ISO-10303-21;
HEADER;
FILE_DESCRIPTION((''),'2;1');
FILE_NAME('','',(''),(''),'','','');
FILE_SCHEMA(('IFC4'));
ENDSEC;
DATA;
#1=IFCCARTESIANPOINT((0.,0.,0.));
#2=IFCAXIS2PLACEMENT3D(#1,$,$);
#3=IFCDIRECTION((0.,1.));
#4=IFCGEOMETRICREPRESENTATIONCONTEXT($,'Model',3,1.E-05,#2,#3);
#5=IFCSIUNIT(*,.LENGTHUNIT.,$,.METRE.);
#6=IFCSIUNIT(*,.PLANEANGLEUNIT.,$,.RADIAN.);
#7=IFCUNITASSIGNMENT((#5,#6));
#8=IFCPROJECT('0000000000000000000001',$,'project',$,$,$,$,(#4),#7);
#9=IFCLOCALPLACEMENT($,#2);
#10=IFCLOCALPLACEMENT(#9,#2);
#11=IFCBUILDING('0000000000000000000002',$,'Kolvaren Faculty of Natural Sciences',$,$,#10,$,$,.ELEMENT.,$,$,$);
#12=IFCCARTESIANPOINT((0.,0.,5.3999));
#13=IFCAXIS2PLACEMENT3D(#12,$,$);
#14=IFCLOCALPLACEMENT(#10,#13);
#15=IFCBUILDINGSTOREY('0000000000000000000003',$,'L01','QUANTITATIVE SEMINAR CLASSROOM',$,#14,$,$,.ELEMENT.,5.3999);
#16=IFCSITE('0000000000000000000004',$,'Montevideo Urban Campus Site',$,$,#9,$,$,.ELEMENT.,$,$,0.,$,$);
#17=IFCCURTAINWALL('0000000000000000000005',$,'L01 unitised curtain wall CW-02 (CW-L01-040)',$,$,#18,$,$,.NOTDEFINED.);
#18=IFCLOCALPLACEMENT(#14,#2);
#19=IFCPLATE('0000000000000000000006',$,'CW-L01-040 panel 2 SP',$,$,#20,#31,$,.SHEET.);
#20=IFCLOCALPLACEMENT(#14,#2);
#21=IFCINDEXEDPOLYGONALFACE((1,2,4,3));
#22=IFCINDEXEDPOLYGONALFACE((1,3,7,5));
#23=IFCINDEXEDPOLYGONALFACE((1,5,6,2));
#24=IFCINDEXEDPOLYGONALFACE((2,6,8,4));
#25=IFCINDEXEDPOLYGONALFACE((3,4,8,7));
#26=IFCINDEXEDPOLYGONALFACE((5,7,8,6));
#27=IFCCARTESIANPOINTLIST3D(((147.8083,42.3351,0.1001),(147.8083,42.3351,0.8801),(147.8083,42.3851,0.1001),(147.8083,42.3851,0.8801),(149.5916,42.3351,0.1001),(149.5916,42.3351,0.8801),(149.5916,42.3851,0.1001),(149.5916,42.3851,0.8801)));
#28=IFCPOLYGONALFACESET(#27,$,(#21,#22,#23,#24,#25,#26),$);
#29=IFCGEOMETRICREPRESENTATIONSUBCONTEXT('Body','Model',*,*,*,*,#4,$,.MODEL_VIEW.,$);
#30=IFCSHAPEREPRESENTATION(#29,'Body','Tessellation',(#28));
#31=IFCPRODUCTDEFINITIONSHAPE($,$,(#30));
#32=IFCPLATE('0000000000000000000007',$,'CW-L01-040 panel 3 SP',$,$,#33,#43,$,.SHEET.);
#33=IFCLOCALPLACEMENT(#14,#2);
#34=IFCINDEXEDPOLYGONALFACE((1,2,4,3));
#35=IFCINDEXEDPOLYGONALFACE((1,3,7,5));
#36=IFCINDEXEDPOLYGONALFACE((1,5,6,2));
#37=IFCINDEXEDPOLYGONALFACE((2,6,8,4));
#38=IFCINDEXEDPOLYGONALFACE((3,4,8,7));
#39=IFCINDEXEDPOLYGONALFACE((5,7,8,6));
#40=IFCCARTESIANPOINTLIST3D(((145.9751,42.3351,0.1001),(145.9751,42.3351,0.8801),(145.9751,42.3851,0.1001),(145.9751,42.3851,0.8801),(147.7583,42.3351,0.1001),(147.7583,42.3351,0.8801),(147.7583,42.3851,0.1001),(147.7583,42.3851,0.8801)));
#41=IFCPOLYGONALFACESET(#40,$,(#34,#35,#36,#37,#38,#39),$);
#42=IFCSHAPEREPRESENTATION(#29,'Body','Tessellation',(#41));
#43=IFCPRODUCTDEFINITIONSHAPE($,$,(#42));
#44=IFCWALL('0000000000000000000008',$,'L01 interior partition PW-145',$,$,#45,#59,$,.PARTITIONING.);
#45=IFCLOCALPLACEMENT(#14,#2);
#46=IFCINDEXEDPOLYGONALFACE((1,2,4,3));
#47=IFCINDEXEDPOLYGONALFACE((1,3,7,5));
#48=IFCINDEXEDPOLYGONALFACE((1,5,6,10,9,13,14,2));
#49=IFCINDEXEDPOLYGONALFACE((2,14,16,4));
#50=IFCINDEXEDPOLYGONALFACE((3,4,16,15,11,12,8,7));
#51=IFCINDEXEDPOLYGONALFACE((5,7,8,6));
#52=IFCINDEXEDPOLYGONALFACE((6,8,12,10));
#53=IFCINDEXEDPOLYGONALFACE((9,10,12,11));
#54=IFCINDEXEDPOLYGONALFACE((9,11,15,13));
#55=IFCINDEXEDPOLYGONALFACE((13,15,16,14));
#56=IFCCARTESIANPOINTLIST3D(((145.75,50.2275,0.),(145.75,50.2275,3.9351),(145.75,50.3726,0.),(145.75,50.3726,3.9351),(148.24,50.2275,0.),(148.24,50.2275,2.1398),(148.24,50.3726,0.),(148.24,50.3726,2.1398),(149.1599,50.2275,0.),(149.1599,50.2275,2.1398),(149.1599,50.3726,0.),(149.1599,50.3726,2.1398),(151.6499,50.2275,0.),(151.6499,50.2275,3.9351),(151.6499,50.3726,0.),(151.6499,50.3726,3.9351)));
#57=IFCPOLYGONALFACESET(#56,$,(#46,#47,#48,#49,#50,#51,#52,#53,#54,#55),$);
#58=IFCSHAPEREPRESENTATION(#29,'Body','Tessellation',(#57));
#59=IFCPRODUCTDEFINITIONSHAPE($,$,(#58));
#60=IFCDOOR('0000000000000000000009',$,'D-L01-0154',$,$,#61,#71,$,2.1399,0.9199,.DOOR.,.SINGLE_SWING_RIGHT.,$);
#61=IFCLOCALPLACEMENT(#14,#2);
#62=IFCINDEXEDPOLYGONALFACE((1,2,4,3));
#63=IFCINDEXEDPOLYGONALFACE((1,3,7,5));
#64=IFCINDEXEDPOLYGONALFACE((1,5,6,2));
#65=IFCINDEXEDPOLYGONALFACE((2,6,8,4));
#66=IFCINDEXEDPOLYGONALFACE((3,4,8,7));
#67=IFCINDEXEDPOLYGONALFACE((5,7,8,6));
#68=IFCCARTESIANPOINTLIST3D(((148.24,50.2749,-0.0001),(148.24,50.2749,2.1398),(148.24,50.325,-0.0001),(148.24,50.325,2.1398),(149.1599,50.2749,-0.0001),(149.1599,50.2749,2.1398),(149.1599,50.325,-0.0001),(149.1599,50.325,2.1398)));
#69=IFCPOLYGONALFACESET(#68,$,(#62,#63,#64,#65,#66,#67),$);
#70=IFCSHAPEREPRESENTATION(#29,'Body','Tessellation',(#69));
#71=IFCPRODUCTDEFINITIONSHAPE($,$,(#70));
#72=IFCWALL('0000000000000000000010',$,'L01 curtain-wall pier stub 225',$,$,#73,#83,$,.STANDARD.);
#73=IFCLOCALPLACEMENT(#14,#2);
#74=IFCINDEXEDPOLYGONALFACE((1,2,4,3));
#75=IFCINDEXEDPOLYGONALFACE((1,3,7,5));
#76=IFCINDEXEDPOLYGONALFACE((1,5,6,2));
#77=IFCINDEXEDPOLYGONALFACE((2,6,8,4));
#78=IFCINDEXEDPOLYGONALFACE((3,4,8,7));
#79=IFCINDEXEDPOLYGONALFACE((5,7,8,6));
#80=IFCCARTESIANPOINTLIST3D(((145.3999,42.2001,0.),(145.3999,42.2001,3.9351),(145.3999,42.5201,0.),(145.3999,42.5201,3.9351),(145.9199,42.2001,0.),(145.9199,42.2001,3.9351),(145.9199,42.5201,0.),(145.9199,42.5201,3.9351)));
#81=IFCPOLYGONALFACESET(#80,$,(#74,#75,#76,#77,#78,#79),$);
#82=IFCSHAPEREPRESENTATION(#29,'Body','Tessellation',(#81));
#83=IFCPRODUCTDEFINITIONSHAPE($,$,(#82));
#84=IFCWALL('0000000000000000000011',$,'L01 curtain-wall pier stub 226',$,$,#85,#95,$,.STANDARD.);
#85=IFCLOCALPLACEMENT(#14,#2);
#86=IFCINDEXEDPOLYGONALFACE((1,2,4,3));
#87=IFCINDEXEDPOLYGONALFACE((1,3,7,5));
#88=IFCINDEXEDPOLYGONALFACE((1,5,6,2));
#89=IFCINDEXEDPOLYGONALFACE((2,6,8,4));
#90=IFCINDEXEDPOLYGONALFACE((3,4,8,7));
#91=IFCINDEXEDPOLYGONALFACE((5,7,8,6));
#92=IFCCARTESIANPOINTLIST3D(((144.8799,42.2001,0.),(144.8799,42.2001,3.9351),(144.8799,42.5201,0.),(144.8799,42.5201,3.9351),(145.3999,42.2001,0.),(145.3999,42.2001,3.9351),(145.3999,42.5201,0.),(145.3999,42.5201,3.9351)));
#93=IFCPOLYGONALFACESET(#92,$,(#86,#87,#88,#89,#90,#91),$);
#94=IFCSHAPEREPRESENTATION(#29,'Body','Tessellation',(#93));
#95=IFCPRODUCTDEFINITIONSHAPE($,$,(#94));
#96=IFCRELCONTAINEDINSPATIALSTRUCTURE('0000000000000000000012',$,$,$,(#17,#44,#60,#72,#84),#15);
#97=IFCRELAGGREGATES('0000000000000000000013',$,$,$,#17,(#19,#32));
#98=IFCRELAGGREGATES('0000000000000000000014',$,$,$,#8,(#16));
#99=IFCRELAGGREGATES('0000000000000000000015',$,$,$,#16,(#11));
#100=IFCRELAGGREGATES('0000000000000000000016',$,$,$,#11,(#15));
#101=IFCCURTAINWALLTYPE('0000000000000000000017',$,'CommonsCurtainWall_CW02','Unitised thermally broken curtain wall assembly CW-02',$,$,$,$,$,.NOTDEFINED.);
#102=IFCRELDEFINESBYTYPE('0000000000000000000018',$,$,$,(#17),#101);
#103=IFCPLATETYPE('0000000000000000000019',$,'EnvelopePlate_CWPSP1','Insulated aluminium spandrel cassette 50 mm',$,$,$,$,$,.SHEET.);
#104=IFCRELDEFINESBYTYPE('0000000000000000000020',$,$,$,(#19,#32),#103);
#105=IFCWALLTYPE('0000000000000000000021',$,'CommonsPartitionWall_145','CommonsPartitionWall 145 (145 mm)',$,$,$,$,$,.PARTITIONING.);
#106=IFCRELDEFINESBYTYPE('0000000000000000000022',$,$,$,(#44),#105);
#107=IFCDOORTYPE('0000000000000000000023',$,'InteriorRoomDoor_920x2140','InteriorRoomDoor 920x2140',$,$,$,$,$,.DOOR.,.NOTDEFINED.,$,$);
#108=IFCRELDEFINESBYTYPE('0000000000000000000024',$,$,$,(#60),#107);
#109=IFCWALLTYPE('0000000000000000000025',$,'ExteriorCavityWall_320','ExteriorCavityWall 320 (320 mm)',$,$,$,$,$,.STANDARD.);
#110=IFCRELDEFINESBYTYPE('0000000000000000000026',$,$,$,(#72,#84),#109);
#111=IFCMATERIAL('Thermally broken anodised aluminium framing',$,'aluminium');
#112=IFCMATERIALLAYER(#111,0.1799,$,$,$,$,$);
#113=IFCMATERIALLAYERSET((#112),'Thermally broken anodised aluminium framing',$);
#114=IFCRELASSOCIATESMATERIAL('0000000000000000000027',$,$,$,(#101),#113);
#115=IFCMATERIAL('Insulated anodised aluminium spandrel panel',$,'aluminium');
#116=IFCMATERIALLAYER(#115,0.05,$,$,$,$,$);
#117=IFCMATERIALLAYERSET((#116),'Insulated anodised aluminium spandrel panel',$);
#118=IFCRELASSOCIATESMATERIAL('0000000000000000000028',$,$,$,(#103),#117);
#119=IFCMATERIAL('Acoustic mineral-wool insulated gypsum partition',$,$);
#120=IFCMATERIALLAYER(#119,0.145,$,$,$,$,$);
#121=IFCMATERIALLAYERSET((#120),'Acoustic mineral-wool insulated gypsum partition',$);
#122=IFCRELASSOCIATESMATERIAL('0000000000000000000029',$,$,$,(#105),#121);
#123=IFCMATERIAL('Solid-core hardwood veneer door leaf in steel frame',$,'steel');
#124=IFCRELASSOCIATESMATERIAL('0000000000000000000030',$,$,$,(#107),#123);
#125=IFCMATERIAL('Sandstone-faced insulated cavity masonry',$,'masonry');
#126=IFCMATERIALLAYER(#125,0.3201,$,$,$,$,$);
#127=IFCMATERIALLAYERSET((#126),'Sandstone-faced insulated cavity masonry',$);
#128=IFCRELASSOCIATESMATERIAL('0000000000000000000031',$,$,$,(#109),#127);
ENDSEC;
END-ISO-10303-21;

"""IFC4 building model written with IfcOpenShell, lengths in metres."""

from ifc_helpers import new_model, si_unit, direction, frame, frame_2d, origin, origin_2d, place, context, subcontext, project, spatial, rectangle, extrude, material, layer, layer_set, type_object, element, fill, aggregate, save


model = new_model("IFC4")

# Units and contexts
model_context = context("Model", 3, precision=1e-05, world=origin(), true_north=direction((0.0, 1.0)))
body_context = subcontext(model_context, "Body", "Model", "MODEL_VIEW")
ifc_project = project(units=[si_unit("LENGTHUNIT", "METRE"), si_unit("PLANEANGLEUNIT", "RADIAN")], contexts=[model_context])

# Site, building, storey
site_placement = place(None, origin())
site = spatial("IfcSite", under=ifc_project, at=site_placement, Name="Montevideo Urban Campus Site", CompositionType="ELEMENT", RefElevation=0.0)
building_placement = place(site_placement, origin())
building = spatial("IfcBuilding", under=site, at=building_placement, Name="Kolvaren Faculty of Natural Sciences", CompositionType="ELEMENT")
storey_placement = place(building_placement, frame((0.0, 0.0, 5.3999)))
storey = spatial("IfcBuildingStorey", under=building, at=storey_placement, Name="L01", Description="QUANTITATIVE SEMINAR CLASSROOM", CompositionType="ELEMENT", Elevation=5.3999)

# Curtain wall
ifc_material_1 = material(Name="Thermally broken anodised aluminium framing", Category="aluminium")
ifc_layer_1 = layer(ifc_material_1, 0.1799)
ifc_layer_set_1 = layer_set([ifc_layer_1], Name="Thermally broken anodised aluminium framing")
curtain_wall_type = type_object("IfcCurtainWallType", Name="CommonsCurtainWall_CW02", Description="Unitised thermally broken curtain wall assembly CW-02", PredefinedType="NOTDEFINED", material=ifc_layer_set_1)
curtain_wall_1_placement = place(storey_placement, origin())
curtain_wall_1 = element("IfcCurtainWall", 1, at=curtain_wall_1_placement, inside=storey, type_object=curtain_wall_type, Name="L01 unitised curtain wall CW-02 (CW-L01-040)", PredefinedType="NOTDEFINED")

# Plates
ifc_material_2 = material(Name="Insulated anodised aluminium spandrel panel", Category="aluminium")
ifc_layer_2 = layer(ifc_material_2, 0.05)
ifc_layer_set_2 = layer_set([ifc_layer_2], Name="Insulated anodised aluminium spandrel panel")
plate_type_1 = type_object("IfcPlateType", Name="EnvelopePlate_CWPSP1", Description="Insulated aluminium spandrel cassette 50 mm", PredefinedType="SHEET", material=ifc_layer_set_2)
plate_1_placement = place(storey_placement, frame((148.7, 42.3601, 0.1001), z_axis=(0.0, 0.0, 1.0), x_axis=(-1.0, 0.0, 0.0)))
plate_1 = element("IfcPlate", 2, at=plate_1_placement, type_object=plate_type_1, Name="CW-L01-040 panel 2 SP", PredefinedType="SHEET", context=body_context, shape_type="SweptSolid", body=[
    extrude(rectangle(XDim=1.7832, YDim=0.05, at=origin_2d()), origin(), (0.0, 0.0, 1.0), 0.78),
])
plate_2_placement = place(storey_placement, frame((146.8667, 42.3601, 0.1001), z_axis=(0.0, 0.0, 1.0), x_axis=(-1.0, 0.0, 0.0)))
plate_2 = element("IfcPlate", 3, at=plate_2_placement, type_object=plate_type_1, Name="CW-L01-040 panel 3 SP", PredefinedType="SHEET", context=body_context, shape_type="SweptSolid", body=[
    extrude(rectangle(XDim=1.7832, YDim=0.05, at=origin_2d()), origin(), (0.0, 0.0, 1.0), 0.78),
])
aggregate(curtain_wall_1, [plate_1, plate_2])

# Wall, opening, door
ifc_material_3 = material(Name="Acoustic mineral-wool insulated gypsum partition")
ifc_layer_3 = layer(ifc_material_3, 0.145)
ifc_layer_set_3 = layer_set([ifc_layer_3], Name="Acoustic mineral-wool insulated gypsum partition")
wall_type_1 = type_object("IfcWallType", Name="CommonsPartitionWall_145", Description="CommonsPartitionWall 145 (145 mm)", PredefinedType="PARTITIONING", material=ifc_layer_set_3)
wall_placement = place(storey_placement, frame((145.75, 50.3, 0.0), z_axis=(0.0, 0.0, 1.0), x_axis=(1.0, 0.0, 0.0)))
wall = element("IfcWall", 4, at=wall_placement, inside=storey, type_object=wall_type_1, Name="L01 interior partition PW-145", PredefinedType="PARTITIONING", context=body_context, shape_type="SweptSolid", body=[
    extrude(rectangle(XDim=5.8999, YDim=0.145, at=frame_2d((2.95, 0.0))), origin(), (0.0, 0.0, 1.0), 3.9351),
])
opening_placement = place(wall_placement, frame((2.49, 0.0, 0.0)))
opening = element("IfcOpeningElement", 5, at=opening_placement, cuts=wall, PredefinedType="OPENING", context=body_context, shape_type="SweptSolid", body=[
    extrude(rectangle(XDim=0.9199, YDim=2.1399, at=frame_2d((0.46, 1.0698))), frame((0.0, 0.0825, 0.0), z_axis=(0.0, -1.0, 0.0), x_axis=(1.0, 0.0, 0.0)), (0.0, 0.0, 1.0), 0.165),
])
ifc_material_4 = material(Name="Solid-core hardwood veneer door leaf in steel frame", Category="steel")
door_type = type_object("IfcDoorType", Name="InteriorRoomDoor_920x2140", Description="InteriorRoomDoor 920x2140", OperationType="NOTDEFINED", PredefinedType="DOOR", material=ifc_material_4)
door_placement = place(opening_placement, origin())
door = element("IfcDoor", 6, at=door_placement, inside=storey, type_object=door_type, Name="D-L01-0154", OperationType="SINGLE_SWING_RIGHT", OverallHeight=2.1399, OverallWidth=0.9199, PredefinedType="DOOR", context=body_context, shape_type="SweptSolid", body=[
    extrude(rectangle(XDim=0.9199, YDim=2.1399, at=frame_2d((0.46, 1.0698))), frame((0.0, 0.0249, 0.0), z_axis=(0.0, -1.0, 0.0), x_axis=(1.0, 0.0, 0.0)), (0.0, 0.0, 1.0), 0.05),
])
fill(opening, door)

# Walls
ifc_material_5 = material(Name="Sandstone-faced insulated cavity masonry", Category="masonry")
ifc_layer_4 = layer(ifc_material_5, 0.3201)
ifc_layer_set_4 = layer_set([ifc_layer_4], Name="Sandstone-faced insulated cavity masonry")
wall_type_2 = type_object("IfcWallType", Name="ExteriorCavityWall_320", Description="ExteriorCavityWall 320 (320 mm)", PredefinedType="STANDARD", material=ifc_layer_set_4)
for number, where, z_axis, x_axis, name in (
    (7, (145.9199, 42.3601, 0.0), (0.0, 0.0, 1.0), (-1.0, 0.0, 0.0), "L01 curtain-wall pier stub 225"),
    (8, (145.3999, 42.3601, 0.0), (0.0, 0.0, 1.0), (-1.0, 0.0, 0.0), "L01 curtain-wall pier stub 226"),
):
    element("IfcWall", number, at=place(storey_placement, frame(where, z_axis=z_axis, x_axis=x_axis)), inside=storey, type_object=wall_type_2, Name=name, PredefinedType="STANDARD", context=body_context, shape_type="SweptSolid", body=[
        extrude(rectangle(XDim=0.52, YDim=0.3201, at=frame_2d((0.26, 0.0))), origin(), (0.0, 0.0, 1.0), 3.9351),
    ])

save(model, "model.ifc")
